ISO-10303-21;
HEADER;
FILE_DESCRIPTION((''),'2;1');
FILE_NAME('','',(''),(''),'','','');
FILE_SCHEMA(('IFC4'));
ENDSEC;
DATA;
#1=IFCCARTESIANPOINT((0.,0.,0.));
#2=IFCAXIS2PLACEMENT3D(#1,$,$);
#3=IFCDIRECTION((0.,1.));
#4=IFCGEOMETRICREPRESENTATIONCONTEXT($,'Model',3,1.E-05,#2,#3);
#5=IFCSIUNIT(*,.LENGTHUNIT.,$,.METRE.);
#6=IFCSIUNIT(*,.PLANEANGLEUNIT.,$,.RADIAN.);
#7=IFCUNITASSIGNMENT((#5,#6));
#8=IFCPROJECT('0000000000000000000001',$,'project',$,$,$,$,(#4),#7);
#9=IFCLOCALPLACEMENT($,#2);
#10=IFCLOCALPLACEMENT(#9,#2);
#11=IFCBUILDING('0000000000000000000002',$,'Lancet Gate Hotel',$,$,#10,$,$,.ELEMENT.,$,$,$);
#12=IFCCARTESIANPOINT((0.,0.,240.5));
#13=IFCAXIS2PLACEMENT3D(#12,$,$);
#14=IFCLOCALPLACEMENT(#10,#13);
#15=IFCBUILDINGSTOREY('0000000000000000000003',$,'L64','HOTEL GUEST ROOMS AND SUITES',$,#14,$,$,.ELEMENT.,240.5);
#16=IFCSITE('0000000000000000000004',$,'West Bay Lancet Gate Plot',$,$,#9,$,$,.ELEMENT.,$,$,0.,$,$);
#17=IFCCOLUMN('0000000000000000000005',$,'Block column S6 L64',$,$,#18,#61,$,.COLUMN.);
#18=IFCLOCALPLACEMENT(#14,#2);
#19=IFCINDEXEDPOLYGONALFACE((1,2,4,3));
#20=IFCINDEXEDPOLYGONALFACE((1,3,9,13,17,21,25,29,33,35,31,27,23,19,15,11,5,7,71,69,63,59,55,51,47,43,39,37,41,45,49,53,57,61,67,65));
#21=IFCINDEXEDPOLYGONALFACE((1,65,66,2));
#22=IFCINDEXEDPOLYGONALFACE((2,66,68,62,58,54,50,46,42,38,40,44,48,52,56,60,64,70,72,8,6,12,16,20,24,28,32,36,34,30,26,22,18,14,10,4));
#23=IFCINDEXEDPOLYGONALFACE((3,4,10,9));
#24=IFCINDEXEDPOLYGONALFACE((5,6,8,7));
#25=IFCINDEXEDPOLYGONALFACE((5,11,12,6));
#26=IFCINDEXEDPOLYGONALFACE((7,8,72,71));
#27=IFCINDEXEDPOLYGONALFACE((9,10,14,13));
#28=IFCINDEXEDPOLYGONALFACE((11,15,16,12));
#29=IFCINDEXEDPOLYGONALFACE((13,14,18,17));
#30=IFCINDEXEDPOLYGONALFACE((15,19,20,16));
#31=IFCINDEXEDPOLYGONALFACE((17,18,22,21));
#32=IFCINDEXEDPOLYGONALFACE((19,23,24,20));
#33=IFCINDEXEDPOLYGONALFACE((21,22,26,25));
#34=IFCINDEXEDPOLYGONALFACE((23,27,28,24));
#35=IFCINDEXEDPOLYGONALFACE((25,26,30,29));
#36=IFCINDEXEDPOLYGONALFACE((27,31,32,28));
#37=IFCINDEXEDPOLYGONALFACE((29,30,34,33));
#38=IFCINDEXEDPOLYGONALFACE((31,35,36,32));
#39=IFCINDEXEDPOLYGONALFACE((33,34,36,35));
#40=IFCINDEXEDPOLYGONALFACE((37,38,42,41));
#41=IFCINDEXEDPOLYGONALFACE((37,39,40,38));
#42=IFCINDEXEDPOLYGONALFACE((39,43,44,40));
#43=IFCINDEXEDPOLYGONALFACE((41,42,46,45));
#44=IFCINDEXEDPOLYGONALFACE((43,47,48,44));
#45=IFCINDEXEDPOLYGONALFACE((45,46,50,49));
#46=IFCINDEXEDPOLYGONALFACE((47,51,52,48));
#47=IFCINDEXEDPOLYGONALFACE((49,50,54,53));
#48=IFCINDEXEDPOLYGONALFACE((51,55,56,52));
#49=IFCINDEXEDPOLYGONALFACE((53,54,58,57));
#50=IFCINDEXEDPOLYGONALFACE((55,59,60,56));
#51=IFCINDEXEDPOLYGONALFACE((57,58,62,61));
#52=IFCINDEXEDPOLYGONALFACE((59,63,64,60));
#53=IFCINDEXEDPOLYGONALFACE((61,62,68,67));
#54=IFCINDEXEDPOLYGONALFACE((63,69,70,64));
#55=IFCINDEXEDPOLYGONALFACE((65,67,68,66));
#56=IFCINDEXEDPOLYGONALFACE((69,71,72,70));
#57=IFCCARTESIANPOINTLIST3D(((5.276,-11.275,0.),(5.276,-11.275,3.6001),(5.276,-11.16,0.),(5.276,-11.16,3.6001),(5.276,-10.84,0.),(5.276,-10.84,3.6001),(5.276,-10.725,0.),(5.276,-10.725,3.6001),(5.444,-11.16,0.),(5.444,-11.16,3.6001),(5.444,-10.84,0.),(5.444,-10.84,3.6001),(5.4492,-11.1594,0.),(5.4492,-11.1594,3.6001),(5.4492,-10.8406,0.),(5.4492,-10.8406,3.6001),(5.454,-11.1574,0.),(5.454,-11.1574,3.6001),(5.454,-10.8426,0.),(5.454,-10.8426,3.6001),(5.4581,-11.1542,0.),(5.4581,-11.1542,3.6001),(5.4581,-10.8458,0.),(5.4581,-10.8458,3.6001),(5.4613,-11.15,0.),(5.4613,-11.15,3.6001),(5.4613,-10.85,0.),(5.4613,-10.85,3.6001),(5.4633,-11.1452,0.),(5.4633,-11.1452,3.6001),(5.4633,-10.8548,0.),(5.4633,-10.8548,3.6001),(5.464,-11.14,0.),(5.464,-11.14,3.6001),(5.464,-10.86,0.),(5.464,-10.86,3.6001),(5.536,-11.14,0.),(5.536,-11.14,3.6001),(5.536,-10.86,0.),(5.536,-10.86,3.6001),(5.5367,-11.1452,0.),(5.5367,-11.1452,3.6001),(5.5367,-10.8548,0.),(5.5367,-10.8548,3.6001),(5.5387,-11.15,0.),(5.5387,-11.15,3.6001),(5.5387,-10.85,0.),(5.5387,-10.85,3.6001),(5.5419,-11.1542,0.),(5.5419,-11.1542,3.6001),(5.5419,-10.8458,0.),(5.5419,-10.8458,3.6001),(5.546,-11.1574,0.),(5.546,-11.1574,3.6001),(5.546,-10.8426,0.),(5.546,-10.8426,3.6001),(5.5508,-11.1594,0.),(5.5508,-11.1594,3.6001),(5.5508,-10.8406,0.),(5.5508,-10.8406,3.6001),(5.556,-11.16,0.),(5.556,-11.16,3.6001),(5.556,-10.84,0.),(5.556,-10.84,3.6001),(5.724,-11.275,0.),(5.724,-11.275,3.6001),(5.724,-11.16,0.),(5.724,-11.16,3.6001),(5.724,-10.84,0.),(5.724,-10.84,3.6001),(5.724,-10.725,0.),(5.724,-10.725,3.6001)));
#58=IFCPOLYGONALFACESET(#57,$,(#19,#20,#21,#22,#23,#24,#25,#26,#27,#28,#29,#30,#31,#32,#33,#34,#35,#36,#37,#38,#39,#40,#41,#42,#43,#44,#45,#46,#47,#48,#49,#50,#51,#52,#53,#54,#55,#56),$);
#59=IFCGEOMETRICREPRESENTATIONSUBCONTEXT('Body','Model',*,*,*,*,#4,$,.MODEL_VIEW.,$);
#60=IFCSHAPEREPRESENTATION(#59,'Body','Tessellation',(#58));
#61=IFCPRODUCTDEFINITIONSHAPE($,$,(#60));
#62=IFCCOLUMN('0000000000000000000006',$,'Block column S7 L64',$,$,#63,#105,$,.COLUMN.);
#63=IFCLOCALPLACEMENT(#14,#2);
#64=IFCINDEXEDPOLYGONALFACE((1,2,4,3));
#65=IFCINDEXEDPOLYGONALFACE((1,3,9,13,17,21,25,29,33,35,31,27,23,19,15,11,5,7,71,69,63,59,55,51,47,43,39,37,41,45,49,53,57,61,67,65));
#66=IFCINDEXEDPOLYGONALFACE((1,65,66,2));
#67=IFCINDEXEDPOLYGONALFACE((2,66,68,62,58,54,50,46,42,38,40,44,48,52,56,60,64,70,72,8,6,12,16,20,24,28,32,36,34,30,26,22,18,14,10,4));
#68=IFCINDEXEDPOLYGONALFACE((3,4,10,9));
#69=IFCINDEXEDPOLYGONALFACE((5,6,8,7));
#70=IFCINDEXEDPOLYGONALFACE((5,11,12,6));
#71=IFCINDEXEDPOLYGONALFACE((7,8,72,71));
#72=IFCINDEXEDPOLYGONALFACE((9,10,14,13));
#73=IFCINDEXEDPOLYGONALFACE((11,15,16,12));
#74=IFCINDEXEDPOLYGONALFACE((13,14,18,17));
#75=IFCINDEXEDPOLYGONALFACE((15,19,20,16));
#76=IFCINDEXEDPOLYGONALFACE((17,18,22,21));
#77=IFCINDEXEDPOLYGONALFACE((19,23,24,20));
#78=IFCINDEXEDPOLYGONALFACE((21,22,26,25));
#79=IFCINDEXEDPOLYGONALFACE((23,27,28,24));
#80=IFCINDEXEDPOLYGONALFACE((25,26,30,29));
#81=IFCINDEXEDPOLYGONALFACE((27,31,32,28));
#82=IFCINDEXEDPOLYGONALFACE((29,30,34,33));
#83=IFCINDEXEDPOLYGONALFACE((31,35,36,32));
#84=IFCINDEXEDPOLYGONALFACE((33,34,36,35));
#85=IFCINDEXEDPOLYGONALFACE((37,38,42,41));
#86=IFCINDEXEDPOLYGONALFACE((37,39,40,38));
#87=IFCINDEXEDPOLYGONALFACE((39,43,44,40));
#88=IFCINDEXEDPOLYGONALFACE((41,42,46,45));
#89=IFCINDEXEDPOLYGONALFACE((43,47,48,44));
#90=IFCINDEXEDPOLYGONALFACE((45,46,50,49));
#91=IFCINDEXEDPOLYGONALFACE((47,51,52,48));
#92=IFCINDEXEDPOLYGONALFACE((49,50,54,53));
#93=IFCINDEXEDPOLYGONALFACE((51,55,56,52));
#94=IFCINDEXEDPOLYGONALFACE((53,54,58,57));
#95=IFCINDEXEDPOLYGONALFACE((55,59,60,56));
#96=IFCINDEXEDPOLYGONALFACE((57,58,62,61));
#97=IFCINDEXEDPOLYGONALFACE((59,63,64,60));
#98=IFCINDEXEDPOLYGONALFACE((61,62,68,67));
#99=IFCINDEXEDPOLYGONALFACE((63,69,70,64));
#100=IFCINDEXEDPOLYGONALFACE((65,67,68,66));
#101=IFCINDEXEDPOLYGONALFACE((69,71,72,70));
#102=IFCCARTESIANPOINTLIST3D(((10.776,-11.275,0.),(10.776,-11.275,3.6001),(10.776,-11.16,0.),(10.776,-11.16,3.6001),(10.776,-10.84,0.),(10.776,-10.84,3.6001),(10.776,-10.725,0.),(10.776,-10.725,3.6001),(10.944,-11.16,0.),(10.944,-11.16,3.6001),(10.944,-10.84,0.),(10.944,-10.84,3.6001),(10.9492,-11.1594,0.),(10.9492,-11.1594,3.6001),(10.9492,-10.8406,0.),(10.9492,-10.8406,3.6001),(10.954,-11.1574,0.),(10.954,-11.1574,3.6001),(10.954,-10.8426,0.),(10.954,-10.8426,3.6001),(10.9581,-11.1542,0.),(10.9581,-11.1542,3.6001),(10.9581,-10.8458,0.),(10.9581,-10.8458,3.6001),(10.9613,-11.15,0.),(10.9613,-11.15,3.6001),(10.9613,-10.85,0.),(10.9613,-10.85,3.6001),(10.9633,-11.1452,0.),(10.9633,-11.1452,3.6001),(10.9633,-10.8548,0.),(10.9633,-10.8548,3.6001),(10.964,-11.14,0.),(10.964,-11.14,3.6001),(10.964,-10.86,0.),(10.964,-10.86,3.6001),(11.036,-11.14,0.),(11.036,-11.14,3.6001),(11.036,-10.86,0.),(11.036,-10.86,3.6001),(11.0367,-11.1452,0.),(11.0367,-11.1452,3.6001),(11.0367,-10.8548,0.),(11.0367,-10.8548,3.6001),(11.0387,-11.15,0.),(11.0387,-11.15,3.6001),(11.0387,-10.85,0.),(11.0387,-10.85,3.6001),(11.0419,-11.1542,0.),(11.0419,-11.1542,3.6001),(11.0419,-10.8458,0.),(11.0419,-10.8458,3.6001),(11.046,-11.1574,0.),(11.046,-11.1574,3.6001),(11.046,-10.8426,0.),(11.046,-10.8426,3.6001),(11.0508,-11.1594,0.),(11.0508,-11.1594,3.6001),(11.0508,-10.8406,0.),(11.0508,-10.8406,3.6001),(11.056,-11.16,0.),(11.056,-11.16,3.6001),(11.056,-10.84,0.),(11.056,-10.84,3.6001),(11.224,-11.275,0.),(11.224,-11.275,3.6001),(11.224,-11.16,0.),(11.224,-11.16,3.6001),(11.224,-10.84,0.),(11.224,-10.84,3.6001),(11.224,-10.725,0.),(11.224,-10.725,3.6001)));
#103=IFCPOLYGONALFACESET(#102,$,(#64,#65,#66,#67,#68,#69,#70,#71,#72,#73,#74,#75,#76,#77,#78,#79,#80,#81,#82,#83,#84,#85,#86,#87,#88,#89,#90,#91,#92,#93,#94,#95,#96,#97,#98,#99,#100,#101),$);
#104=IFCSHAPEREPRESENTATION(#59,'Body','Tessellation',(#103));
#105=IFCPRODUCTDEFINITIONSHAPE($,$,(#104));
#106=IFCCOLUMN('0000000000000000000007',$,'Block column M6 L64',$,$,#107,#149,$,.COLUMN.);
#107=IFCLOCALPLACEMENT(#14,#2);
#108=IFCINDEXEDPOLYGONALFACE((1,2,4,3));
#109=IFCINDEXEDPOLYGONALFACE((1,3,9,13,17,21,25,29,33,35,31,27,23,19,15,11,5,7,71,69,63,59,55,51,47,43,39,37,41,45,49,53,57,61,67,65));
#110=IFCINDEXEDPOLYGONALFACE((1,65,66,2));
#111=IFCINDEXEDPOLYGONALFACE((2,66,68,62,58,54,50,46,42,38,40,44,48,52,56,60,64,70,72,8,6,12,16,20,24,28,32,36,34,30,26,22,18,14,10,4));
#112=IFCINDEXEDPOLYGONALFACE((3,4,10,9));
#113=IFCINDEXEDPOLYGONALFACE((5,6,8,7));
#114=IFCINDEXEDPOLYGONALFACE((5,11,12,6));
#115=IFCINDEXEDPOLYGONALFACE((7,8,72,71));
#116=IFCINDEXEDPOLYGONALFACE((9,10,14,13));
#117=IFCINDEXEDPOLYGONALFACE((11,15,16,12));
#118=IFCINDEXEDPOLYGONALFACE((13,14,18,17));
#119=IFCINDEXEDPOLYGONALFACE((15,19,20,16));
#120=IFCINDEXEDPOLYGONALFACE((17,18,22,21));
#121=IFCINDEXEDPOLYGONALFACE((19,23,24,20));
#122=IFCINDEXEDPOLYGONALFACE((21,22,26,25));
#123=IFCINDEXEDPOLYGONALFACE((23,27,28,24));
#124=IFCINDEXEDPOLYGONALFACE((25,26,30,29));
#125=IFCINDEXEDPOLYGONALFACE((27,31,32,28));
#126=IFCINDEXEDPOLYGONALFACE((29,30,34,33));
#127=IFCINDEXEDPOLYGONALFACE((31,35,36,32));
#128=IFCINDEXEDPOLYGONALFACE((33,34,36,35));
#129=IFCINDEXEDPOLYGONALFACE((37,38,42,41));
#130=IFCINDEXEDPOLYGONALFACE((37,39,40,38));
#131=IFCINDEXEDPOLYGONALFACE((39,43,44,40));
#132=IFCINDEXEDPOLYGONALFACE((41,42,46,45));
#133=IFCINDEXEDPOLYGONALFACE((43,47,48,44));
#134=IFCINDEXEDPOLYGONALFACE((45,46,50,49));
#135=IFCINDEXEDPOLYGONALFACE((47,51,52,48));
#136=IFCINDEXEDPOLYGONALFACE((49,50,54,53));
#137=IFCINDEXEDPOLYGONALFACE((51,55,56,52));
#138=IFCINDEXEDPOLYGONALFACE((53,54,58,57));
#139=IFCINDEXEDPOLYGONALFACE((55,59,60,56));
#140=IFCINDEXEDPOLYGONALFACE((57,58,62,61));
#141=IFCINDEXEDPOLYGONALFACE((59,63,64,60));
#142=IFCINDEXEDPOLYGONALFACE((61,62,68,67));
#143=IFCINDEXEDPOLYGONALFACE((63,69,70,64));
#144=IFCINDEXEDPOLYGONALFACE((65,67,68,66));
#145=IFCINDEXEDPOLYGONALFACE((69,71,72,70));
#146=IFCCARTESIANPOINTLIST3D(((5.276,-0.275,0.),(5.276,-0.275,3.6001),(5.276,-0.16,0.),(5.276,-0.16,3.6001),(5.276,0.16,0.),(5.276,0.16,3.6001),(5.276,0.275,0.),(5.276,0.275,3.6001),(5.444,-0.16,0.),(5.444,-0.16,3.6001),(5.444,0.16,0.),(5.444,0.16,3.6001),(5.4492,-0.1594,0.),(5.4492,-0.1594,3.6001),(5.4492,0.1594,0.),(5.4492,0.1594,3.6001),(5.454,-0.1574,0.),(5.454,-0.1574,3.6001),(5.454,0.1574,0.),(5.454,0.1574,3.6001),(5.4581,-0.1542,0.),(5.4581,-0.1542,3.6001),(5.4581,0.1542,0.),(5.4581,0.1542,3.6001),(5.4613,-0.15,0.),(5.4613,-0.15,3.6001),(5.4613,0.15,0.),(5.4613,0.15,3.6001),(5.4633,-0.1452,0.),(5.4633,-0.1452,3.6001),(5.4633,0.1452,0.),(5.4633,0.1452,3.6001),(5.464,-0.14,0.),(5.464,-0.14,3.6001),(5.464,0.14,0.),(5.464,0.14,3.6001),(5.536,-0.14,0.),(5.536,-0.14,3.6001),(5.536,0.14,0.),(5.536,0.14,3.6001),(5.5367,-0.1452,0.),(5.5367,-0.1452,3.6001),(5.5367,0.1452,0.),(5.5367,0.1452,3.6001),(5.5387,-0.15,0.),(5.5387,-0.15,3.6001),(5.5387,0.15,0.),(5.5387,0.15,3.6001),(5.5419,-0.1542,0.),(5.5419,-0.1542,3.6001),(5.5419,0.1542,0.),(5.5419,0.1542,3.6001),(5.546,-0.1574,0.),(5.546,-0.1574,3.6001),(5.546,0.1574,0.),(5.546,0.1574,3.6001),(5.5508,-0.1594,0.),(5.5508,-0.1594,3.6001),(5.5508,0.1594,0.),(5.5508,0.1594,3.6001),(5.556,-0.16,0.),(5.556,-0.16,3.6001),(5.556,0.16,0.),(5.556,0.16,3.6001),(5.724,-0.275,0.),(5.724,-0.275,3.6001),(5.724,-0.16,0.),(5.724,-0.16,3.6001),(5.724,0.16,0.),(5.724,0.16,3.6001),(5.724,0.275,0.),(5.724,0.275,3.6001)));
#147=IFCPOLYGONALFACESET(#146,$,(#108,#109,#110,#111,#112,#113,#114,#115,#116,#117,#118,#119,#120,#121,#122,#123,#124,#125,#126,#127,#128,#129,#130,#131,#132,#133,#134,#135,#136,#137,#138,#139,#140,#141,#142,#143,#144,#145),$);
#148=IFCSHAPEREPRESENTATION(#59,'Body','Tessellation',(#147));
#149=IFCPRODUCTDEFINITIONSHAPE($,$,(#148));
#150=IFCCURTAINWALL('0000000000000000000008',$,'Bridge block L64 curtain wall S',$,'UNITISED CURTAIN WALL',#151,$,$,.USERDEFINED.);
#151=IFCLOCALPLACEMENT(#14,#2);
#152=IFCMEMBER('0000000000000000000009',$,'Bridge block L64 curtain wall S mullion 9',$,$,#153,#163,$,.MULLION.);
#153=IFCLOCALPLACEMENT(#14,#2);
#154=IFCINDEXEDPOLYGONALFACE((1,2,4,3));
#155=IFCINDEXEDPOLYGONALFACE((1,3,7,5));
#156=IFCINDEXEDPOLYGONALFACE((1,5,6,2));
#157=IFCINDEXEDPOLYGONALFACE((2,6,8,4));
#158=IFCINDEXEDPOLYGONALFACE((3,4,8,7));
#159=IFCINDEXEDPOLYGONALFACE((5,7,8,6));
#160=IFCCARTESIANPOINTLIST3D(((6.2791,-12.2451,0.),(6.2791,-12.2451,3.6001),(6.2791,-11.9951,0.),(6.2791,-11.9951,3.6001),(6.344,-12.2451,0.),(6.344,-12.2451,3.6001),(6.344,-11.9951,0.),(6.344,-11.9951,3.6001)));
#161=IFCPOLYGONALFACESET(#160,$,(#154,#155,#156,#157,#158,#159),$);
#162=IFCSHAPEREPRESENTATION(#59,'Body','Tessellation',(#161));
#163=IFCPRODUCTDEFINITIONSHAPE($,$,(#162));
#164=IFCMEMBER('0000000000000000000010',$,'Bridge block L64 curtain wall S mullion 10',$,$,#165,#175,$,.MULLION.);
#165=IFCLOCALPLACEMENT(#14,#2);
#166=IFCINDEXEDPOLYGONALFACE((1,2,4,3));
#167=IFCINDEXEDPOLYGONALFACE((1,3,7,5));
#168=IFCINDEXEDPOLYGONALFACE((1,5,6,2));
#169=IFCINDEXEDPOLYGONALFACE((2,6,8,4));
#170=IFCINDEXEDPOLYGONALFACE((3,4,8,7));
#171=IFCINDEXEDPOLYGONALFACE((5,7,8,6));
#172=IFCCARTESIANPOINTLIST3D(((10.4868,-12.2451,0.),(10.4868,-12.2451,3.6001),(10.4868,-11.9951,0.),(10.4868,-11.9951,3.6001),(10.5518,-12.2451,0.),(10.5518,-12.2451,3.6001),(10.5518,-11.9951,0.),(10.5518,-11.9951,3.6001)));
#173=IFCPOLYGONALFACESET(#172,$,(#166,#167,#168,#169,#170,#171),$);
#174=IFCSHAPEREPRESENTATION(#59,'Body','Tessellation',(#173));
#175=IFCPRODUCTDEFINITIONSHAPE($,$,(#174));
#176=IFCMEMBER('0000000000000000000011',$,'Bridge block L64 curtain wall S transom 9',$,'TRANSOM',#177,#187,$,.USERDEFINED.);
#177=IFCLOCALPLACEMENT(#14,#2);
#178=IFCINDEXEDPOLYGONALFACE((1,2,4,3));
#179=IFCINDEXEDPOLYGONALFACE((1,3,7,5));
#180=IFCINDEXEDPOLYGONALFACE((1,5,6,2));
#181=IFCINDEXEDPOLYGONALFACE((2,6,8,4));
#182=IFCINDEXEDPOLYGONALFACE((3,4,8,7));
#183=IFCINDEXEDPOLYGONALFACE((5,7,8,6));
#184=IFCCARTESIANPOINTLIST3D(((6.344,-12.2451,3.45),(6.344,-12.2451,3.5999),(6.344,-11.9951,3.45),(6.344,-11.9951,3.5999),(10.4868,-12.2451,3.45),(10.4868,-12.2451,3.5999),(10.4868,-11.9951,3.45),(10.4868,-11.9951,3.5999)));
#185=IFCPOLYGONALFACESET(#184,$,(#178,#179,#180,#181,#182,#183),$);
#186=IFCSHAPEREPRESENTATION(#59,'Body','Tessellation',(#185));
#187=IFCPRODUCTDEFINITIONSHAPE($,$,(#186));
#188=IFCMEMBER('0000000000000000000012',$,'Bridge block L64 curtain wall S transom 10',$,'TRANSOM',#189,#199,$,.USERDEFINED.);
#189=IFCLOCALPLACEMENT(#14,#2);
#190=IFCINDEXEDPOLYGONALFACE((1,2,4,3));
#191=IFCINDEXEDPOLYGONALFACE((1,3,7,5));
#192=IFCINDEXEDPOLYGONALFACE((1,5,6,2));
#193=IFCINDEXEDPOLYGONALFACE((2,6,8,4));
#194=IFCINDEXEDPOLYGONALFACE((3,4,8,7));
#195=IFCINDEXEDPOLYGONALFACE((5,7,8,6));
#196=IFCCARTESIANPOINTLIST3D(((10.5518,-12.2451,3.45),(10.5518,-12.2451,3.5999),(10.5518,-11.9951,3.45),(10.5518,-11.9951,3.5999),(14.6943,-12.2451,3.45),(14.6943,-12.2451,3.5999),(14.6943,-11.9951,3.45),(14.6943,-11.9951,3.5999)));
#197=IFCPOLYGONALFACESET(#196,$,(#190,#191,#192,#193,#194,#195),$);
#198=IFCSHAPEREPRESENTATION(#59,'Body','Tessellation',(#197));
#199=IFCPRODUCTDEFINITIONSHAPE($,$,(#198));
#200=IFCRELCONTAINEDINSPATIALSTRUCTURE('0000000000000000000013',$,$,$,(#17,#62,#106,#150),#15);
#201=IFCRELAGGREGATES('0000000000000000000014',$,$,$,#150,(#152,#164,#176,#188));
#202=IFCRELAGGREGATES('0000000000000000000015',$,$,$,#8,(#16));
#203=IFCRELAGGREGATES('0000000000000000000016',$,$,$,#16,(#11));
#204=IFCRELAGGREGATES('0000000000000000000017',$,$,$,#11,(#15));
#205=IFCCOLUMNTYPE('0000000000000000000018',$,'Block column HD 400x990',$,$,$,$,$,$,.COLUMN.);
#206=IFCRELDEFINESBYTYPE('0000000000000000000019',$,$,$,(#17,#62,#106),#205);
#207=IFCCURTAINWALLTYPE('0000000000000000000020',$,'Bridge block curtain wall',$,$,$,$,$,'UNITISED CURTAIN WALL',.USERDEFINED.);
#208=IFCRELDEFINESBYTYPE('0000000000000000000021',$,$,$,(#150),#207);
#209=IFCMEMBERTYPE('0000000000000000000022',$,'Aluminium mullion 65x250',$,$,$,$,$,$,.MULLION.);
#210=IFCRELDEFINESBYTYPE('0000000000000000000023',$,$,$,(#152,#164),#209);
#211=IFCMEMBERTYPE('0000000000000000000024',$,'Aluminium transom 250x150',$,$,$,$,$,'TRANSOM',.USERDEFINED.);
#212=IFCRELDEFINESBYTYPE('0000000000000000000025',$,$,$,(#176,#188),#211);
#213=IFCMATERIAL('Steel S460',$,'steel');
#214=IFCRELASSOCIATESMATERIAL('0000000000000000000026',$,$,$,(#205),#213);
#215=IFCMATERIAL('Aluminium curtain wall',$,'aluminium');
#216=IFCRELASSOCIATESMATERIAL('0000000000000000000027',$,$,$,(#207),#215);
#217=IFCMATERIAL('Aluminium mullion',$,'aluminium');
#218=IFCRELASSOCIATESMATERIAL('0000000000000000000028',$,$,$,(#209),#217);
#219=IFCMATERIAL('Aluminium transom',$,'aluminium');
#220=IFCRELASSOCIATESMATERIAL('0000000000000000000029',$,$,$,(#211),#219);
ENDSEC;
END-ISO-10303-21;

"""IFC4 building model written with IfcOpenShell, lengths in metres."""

from ifc_helpers import new_model, si_unit, direction, frame, origin, origin_2d, place, context, subcontext, project, spatial, rectangle, i_section, extrude, material, material_profile, profile_set, type_object, element, aggregate, save


model = new_model("IFC4")

# Units and contexts
model_context = context("Model", 3, precision=1e-05, world=origin(), true_north=direction((0.0, 1.0)))
body_context = subcontext(model_context, "Body", "Model", "MODEL_VIEW")
ifc_project = project(units=[si_unit("LENGTHUNIT", "METRE"), si_unit("PLANEANGLEUNIT", "RADIAN")], contexts=[model_context])

# Site, building, storey
site_placement = place(None, origin())
site = spatial("IfcSite", under=ifc_project, at=site_placement, Name="West Bay Lancet Gate Plot", CompositionType="ELEMENT", RefElevation=0.0)
building_placement = place(site_placement, origin())
building = spatial("IfcBuilding", under=site, at=building_placement, Name="Lancet Gate Hotel", CompositionType="ELEMENT")
storey_placement = place(building_placement, frame((0.0, 0.0, 240.5)))
storey = spatial("IfcBuildingStorey", under=building, at=storey_placement, Name="L64", Description="HOTEL GUEST ROOMS AND SUITES", CompositionType="ELEMENT", Elevation=240.5)

# Columns
ifc_material_1 = material(Name="Steel S460", Category="steel")
ifc_material_profile_1 = material_profile(ifc_material_1, i_section(OverallWidth=0.448, OverallDepth=0.55, WebThickness=0.072, FlangeThickness=0.115, FilletRadius=0.02, at=origin_2d()), Name="HD 400x990")
ifc_profile_set_1 = profile_set([ifc_material_profile_1], Name="Steel S460")
column_type = type_object("IfcColumnType", Name="Block column HD 400x990", PredefinedType="COLUMN", material=ifc_profile_set_1)
for number, where, z_axis, x_axis, name in (
    (1, (5.5, -11.0, 0.0), (0.0, 0.0, 1.0), (1.0, 0.0, 0.0), "Block column S6 L64"),
    (2, (11.0, -11.0, 0.0), (0.0, 0.0, 1.0), (1.0, 0.0, 0.0), "Block column S7 L64"),
    (3, (5.5, 0.0, 0.0), (0.0, 0.0, 1.0), (1.0, 0.0, 0.0), "Block column M6 L64"),
):
    element("IfcColumn", number, at=place(storey_placement, frame(where, z_axis=z_axis, x_axis=x_axis)), inside=storey, type_object=column_type, Name=name, PredefinedType="COLUMN", context=body_context, shape_type="SweptSolid", body=[
        extrude(i_section(OverallWidth=0.448, OverallDepth=0.55, WebThickness=0.072, FlangeThickness=0.115, FilletRadius=0.02, at=origin_2d()), origin(), (0.0, 0.0, 1.0), 3.6001),
    ])

# Curtain wall, members
ifc_material_2 = material(Name="Aluminium curtain wall", Category="aluminium")
curtain_wall_type = type_object("IfcCurtainWallType", Name="Bridge block curtain wall", ElementType="UNITISED CURTAIN WALL", PredefinedType="USERDEFINED", material=ifc_material_2)
curtain_wall_placement = place(storey_placement, origin())
curtain_wall = element("IfcCurtainWall", 4, at=curtain_wall_placement, inside=storey, type_object=curtain_wall_type, Name="Bridge block L64 curtain wall S", ObjectType="UNITISED CURTAIN WALL", PredefinedType="USERDEFINED")
ifc_material_3 = material(Name="Aluminium mullion", Category="aluminium")
ifc_material_profile_2 = material_profile(ifc_material_3, rectangle(XDim=0.0649, YDim=0.25, at=origin_2d()), Name="MULLION 65x250")
ifc_profile_set_2 = profile_set([ifc_material_profile_2], Name="Aluminium mullion")
member_type_1 = type_object("IfcMemberType", Name="Aluminium mullion 65x250", PredefinedType="MULLION", material=ifc_profile_set_2)
member_1_placement = place(storey_placement, frame((6.3115, -12.1201, 0.0), z_axis=(0.0, 0.0, 1.0), x_axis=(1.0, 0.0, 0.0)))
member_1 = element("IfcMember", 5, at=member_1_placement, type_object=member_type_1, Name="Bridge block L64 curtain wall S mullion 9", PredefinedType="MULLION", context=body_context, shape_type="SweptSolid", body=[
    extrude(rectangle(XDim=0.0649, YDim=0.25, at=origin_2d()), origin(), (0.0, 0.0, 1.0), 3.6001),
])
member_2_placement = place(storey_placement, frame((10.5193, -12.1201, 0.0), z_axis=(0.0, 0.0, 1.0), x_axis=(1.0, 0.0, 0.0)))
member_2 = element("IfcMember", 6, at=member_2_placement, type_object=member_type_1, Name="Bridge block L64 curtain wall S mullion 10", PredefinedType="MULLION", context=body_context, shape_type="SweptSolid", body=[
    extrude(rectangle(XDim=0.0649, YDim=0.25, at=origin_2d()), origin(), (0.0, 0.0, 1.0), 3.6001),
])
ifc_material_4 = material(Name="Aluminium transom", Category="aluminium")
ifc_material_profile_3 = material_profile(ifc_material_4, rectangle(XDim=0.25, YDim=0.1499, at=origin_2d()), Name="TRANSOM 250x150")
ifc_profile_set_3 = profile_set([ifc_material_profile_3], Name="Aluminium transom")
member_type_2 = type_object("IfcMemberType", Name="Aluminium transom 250x150", ElementType="TRANSOM", PredefinedType="USERDEFINED", material=ifc_profile_set_3)
member_3_placement = place(storey_placement, frame((6.344, -12.1201, 3.5249), z_axis=(1.0, 0.0, 0.0), x_axis=(0.0, 1.0, 0.0)))
member_3 = element("IfcMember", 7, at=member_3_placement, type_object=member_type_2, Name="Bridge block L64 curtain wall S transom 9", ObjectType="TRANSOM", PredefinedType="USERDEFINED", context=body_context, shape_type="SweptSolid", body=[
    extrude(rectangle(XDim=0.25, YDim=0.1499, at=origin_2d()), origin(), (0.0, 0.0, 1.0), 4.1428),
])
member_4_placement = place(storey_placement, frame((10.5518, -12.1201, 3.5249), z_axis=(1.0, 0.0, 0.0), x_axis=(0.0, 1.0, 0.0)))
member_4 = element("IfcMember", 8, at=member_4_placement, type_object=member_type_2, Name="Bridge block L64 curtain wall S transom 10", ObjectType="TRANSOM", PredefinedType="USERDEFINED", context=body_context, shape_type="SweptSolid", body=[
    extrude(rectangle(XDim=0.25, YDim=0.1499, at=origin_2d()), origin(), (0.0, 0.0, 1.0), 4.1426),
])

aggregate(curtain_wall, [member_1, member_2, member_3, member_4])

save(model, "model.ifc")
